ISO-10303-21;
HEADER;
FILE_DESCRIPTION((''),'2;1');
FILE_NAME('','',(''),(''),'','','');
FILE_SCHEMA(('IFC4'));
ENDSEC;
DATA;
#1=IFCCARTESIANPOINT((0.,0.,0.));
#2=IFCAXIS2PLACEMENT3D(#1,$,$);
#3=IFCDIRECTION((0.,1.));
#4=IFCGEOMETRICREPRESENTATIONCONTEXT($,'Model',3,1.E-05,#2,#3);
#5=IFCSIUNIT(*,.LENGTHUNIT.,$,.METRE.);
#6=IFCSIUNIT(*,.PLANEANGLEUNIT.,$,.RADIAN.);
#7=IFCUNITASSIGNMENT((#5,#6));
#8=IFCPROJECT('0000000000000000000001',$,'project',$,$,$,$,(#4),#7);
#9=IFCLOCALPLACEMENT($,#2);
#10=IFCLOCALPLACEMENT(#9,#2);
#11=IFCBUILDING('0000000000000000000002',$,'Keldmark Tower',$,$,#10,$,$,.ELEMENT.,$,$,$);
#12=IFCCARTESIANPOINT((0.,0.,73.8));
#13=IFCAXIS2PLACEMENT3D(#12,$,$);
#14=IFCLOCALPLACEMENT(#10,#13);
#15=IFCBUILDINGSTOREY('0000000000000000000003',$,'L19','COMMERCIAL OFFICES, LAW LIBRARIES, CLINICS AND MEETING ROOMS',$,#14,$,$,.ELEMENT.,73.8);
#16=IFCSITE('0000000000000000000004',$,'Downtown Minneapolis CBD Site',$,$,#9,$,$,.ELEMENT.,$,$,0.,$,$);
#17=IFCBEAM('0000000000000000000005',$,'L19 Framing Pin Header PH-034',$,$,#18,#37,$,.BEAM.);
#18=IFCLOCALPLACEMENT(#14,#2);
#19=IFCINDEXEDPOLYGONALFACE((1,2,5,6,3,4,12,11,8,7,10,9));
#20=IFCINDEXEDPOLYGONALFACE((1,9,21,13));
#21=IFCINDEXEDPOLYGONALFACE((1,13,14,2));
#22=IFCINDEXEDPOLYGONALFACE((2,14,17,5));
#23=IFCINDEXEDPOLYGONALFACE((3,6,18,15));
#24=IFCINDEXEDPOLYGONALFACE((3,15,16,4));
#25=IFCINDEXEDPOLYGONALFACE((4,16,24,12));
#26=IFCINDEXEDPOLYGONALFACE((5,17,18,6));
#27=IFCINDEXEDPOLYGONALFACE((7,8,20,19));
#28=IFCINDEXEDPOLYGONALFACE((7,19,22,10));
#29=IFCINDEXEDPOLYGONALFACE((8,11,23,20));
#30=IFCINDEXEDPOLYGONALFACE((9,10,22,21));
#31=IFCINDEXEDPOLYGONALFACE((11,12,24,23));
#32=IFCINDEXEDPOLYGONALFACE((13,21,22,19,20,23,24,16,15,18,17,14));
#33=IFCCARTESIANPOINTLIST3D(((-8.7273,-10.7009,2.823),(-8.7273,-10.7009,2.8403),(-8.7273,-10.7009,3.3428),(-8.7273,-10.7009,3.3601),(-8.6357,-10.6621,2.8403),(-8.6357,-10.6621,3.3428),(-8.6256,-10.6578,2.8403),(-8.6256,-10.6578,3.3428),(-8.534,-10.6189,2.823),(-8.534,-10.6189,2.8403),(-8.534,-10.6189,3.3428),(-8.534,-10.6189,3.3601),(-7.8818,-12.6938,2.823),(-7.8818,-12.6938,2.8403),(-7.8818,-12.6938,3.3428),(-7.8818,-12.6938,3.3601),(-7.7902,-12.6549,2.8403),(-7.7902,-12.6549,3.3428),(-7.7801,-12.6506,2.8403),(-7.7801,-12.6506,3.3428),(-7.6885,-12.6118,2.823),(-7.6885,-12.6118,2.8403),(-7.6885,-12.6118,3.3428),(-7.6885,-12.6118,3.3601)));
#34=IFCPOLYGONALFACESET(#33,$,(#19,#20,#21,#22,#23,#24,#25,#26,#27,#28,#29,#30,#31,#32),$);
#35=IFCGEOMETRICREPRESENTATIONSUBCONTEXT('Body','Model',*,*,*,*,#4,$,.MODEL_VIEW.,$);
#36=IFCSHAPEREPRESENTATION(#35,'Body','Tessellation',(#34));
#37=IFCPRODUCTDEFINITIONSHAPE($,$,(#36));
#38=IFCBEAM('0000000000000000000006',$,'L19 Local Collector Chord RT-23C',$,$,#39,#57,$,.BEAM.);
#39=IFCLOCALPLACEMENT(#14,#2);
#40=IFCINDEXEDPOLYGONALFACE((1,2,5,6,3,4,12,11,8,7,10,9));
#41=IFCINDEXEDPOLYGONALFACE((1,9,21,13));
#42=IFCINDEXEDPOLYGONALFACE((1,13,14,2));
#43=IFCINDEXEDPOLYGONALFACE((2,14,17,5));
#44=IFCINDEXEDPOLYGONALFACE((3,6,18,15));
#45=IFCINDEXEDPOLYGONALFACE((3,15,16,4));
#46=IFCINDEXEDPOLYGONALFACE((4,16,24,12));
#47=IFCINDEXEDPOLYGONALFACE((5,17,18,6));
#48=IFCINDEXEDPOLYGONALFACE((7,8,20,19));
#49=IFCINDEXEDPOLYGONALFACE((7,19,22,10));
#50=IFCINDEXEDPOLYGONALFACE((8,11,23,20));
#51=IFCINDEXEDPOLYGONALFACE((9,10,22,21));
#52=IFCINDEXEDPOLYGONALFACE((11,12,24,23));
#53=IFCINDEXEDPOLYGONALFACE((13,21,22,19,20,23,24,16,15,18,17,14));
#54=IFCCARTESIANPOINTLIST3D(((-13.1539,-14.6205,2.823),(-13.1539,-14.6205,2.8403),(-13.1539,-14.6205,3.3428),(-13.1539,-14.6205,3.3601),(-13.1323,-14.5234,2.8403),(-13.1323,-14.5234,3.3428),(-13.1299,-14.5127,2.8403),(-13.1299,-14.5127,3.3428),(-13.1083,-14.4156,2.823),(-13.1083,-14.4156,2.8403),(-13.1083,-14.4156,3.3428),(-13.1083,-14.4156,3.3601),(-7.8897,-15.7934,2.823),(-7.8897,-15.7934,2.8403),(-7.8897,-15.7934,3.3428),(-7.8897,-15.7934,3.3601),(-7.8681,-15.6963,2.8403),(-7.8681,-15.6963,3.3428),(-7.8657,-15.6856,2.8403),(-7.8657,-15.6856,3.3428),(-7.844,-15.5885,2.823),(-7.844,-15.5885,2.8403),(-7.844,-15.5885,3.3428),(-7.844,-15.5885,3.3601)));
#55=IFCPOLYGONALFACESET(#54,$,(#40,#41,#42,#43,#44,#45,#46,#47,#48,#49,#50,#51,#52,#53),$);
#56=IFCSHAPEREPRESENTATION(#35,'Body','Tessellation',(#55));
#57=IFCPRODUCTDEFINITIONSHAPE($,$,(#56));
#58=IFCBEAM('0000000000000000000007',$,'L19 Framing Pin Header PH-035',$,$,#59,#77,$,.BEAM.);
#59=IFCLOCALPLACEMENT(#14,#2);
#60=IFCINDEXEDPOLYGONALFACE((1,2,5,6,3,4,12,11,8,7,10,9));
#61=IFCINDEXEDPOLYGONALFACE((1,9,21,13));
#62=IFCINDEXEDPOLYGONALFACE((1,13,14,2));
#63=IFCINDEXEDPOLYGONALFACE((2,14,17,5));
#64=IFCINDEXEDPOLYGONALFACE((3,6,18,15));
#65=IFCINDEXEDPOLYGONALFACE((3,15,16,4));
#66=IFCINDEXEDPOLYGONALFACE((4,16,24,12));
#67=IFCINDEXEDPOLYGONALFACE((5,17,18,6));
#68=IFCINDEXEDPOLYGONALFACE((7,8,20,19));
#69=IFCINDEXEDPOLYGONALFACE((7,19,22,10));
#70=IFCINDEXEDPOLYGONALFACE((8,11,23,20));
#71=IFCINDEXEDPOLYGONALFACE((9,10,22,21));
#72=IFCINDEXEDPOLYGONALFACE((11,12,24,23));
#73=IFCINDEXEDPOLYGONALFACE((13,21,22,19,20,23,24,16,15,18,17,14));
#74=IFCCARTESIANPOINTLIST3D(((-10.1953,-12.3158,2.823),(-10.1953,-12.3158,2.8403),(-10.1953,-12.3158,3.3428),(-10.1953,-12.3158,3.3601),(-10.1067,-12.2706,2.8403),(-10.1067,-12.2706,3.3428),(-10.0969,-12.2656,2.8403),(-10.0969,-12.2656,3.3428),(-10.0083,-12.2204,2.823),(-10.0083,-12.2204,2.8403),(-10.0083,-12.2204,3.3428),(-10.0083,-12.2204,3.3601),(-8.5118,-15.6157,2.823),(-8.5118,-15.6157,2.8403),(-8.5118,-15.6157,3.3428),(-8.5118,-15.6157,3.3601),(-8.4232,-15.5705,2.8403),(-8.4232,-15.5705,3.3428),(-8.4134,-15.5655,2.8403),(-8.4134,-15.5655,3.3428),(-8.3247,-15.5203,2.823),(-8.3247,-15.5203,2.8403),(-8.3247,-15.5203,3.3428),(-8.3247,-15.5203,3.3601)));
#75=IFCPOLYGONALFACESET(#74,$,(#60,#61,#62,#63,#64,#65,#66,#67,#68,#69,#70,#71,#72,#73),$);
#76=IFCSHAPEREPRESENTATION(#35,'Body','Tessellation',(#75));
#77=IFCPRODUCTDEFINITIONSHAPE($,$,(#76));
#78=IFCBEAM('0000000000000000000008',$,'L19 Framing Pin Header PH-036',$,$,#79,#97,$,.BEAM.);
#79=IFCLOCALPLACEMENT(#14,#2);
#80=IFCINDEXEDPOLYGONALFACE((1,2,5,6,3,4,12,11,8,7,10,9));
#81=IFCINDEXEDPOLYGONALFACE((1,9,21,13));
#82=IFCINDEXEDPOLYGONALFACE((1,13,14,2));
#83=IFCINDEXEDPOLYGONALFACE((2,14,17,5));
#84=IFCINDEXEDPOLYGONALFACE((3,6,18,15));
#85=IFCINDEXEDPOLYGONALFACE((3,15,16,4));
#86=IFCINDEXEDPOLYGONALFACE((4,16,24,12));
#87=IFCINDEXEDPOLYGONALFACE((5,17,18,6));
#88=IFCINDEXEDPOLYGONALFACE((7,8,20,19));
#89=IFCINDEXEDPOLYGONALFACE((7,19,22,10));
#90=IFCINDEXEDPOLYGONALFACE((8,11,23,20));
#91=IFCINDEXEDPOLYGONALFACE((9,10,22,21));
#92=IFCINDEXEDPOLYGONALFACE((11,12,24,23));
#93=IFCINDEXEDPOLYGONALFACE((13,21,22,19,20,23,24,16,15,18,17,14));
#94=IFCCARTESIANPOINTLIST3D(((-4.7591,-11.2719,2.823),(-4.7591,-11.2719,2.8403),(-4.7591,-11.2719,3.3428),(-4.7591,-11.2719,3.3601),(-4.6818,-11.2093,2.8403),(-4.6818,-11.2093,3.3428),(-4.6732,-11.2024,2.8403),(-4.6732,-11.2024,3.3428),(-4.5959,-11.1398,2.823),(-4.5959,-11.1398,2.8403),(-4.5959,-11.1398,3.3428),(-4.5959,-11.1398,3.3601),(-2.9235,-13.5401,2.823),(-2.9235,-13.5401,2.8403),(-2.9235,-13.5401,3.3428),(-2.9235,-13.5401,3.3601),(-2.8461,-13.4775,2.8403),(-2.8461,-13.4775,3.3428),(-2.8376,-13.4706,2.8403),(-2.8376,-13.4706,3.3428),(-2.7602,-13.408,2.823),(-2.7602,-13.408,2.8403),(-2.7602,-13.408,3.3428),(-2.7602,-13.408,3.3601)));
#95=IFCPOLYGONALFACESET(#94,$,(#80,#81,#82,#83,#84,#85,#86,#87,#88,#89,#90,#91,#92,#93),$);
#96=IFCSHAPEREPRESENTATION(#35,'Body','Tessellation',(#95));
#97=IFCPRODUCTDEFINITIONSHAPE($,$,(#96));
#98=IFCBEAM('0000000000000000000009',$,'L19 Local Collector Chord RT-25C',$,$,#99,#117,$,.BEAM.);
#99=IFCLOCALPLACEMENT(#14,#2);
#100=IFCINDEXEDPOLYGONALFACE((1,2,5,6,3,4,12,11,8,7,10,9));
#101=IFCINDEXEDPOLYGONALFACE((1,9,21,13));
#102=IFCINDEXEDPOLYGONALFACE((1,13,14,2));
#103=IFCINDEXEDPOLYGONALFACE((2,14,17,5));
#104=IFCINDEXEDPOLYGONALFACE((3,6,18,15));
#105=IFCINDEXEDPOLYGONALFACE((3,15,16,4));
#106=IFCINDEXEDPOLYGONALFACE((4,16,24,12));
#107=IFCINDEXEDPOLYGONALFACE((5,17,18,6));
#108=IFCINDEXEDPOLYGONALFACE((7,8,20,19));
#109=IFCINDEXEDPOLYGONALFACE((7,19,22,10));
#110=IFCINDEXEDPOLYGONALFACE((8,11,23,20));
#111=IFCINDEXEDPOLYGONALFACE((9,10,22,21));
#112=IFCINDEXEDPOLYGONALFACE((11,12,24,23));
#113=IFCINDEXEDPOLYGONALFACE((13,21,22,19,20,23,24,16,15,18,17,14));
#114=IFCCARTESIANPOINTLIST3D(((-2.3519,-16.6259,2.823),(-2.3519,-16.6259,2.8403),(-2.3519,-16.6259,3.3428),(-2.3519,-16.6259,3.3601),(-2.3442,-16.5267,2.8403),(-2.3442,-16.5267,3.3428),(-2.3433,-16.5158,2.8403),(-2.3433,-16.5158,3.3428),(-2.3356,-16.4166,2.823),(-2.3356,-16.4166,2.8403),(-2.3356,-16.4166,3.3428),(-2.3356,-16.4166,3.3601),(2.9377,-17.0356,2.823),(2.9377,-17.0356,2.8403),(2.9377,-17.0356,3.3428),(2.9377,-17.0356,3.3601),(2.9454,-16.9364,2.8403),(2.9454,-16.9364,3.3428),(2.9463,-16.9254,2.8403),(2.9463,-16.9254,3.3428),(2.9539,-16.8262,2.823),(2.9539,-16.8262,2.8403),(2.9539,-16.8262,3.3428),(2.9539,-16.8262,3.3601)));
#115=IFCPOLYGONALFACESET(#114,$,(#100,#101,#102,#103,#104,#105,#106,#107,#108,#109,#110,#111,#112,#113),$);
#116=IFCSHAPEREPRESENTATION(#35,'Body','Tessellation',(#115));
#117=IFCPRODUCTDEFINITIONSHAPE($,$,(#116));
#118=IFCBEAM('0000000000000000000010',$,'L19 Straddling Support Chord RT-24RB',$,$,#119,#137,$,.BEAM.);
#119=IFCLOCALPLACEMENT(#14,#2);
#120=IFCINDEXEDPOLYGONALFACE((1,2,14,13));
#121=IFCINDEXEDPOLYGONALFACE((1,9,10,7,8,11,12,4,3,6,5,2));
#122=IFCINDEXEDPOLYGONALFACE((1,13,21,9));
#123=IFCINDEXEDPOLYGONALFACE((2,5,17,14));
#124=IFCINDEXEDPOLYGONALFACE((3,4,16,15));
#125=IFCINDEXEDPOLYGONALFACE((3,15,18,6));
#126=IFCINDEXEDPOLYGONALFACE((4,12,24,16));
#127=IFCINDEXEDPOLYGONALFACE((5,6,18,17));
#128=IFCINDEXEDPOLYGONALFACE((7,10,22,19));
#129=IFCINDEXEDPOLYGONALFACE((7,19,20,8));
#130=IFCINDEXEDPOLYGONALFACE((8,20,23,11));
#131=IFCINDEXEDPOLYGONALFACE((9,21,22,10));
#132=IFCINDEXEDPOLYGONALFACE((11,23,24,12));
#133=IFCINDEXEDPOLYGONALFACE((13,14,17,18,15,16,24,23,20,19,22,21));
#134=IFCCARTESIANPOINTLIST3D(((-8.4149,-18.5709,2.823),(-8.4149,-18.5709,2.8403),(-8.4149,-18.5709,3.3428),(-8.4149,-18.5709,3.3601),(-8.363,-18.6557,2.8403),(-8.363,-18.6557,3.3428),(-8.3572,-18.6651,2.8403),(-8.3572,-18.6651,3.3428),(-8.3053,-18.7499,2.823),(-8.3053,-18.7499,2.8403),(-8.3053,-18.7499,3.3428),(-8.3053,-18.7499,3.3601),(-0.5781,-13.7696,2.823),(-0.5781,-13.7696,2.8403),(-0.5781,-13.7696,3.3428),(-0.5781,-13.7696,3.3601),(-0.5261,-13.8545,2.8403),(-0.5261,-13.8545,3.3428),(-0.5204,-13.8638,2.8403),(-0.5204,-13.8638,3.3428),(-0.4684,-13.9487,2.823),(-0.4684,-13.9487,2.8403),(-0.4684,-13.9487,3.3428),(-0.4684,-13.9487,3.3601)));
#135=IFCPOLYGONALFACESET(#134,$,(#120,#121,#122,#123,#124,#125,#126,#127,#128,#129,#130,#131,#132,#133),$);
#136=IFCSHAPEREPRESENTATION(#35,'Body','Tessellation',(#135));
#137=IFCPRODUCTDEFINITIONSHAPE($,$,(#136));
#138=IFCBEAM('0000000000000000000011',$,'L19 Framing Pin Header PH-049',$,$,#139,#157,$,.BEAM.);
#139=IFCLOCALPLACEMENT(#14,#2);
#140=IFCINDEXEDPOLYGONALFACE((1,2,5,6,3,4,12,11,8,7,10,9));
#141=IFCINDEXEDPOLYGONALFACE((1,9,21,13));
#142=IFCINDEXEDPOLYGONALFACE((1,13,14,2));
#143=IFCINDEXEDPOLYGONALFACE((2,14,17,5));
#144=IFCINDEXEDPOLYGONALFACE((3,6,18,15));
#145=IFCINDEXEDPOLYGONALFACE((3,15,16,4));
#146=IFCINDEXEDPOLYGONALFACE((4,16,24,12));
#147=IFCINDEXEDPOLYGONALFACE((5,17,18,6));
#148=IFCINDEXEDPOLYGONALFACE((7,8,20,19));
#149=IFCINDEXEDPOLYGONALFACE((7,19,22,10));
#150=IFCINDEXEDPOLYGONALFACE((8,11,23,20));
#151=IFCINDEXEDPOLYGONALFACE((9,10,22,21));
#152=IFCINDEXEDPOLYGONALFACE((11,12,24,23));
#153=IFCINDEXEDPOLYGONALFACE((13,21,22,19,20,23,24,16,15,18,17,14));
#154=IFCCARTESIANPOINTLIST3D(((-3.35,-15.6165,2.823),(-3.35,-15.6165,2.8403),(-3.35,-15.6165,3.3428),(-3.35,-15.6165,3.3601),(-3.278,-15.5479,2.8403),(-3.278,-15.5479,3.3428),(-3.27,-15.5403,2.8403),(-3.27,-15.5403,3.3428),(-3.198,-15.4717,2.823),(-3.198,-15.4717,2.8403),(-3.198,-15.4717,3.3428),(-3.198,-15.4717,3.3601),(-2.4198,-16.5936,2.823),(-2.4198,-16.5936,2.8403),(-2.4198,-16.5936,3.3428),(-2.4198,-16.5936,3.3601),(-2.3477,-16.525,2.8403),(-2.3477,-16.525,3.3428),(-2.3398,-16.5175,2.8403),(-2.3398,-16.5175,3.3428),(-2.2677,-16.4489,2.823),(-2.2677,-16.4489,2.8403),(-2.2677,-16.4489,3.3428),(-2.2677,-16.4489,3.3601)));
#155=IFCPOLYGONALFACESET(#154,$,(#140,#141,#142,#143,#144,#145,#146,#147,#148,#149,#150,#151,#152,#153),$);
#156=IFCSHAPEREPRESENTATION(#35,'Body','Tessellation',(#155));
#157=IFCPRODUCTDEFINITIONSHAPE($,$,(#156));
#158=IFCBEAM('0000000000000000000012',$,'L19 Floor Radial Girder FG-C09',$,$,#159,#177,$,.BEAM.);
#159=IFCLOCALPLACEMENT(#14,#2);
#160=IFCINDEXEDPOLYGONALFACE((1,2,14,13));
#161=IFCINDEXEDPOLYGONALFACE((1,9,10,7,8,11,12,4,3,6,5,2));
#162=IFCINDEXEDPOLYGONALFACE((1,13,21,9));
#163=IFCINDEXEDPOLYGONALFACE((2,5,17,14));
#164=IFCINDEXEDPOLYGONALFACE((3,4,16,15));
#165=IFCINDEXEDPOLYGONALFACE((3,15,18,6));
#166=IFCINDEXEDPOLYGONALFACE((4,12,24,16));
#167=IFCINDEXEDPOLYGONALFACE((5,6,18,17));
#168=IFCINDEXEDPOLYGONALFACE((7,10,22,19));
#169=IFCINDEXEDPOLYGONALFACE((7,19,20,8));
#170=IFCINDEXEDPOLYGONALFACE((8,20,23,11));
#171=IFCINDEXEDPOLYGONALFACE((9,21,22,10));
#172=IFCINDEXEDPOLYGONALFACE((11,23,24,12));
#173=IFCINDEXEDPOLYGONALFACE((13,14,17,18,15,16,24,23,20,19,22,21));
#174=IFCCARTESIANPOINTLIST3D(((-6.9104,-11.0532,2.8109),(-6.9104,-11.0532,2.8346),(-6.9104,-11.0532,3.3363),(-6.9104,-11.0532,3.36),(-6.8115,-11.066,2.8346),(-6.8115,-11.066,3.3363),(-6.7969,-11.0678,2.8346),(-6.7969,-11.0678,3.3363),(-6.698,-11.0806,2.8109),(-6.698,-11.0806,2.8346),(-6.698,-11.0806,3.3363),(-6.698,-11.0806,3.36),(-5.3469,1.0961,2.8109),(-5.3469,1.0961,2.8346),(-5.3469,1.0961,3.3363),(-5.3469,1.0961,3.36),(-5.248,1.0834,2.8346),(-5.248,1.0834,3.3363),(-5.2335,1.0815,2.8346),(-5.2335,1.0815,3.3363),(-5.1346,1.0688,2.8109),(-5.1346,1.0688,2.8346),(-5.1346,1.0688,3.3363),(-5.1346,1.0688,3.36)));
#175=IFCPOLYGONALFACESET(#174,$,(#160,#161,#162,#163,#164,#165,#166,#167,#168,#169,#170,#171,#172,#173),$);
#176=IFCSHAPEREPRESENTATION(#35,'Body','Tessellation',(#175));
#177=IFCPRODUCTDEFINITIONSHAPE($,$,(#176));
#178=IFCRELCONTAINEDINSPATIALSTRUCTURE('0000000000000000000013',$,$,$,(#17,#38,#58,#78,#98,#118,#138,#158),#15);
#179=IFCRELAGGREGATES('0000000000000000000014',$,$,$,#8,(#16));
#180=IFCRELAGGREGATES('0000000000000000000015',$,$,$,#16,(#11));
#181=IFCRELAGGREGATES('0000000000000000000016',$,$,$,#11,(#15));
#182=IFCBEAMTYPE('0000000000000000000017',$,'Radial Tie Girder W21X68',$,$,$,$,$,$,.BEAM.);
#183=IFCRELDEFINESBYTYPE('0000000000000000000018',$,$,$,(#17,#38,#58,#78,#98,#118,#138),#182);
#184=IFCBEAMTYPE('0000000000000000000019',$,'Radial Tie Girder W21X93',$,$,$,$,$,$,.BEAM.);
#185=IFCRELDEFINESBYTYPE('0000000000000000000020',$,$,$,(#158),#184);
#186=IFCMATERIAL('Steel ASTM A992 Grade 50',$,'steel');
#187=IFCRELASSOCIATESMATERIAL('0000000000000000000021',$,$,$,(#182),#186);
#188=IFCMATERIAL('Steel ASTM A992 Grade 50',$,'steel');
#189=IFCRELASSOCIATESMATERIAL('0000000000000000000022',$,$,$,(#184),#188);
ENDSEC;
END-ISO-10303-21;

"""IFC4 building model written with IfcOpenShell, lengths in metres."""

from ifc_helpers import new_model, si_unit, direction, frame, origin, origin_2d, place, context, subcontext, project, spatial, i_section, extrude, material, material_profile, profile_set, type_object, element, save


model = new_model("IFC4")

# Units and contexts
model_context = context("Model", 3, precision=1e-05, world=origin(), true_north=direction((0.0, 1.0)))
body_context = subcontext(model_context, "Body", "Model", "MODEL_VIEW")
ifc_project = project(units=[si_unit("LENGTHUNIT", "METRE"), si_unit("PLANEANGLEUNIT", "RADIAN")], contexts=[model_context])

# Site, building, storey
site_placement = place(None, origin())
site = spatial("IfcSite", under=ifc_project, at=site_placement, Name="Downtown Minneapolis CBD Site", CompositionType="ELEMENT", RefElevation=0.0)
building_placement = place(site_placement, origin())
building = spatial("IfcBuilding", under=site, at=building_placement, Name="Keldmark Tower", CompositionType="ELEMENT")
storey_placement = place(building_placement, frame((0.0, 0.0, 73.8)))
storey = spatial("IfcBuildingStorey", under=building, at=storey_placement, Name="L19", Description="COMMERCIAL OFFICES, LAW LIBRARIES, CLINICS AND MEETING ROOMS", CompositionType="ELEMENT", Elevation=73.8)

# Beams
ifc_material_1 = material(Name="Steel ASTM A992 Grade 50", Category="steel")
ifc_material_profile_1 = material_profile(ifc_material_1, i_section(OverallWidth=0.21, OverallDepth=0.5371, WebThickness=0.011, FlangeThickness=0.0173, at=origin_2d()), Name="W21X68")
ifc_profile_set_1 = profile_set([ifc_material_profile_1], Name="Steel ASTM A992 Grade 50")
beam_type_1 = type_object("IfcBeamType", Name="Radial Tie Girder W21X68", PredefinedType="BEAM", material=ifc_profile_set_1)
beam_1_placement = place(storey_placement, frame((-8.6306, -10.6599, 3.0916), z_axis=(0.390541, -0.920585, 0.0), x_axis=(0.920585, 0.390541, 0.0)))
element("IfcBeam", 1, at=beam_1_placement, inside=storey, type_object=beam_type_1, Name="L19 Framing Pin Header PH-034", PredefinedType="BEAM", context=body_context, shape_type="SweptSolid", body=[
    extrude(i_section(OverallWidth=0.21, OverallDepth=0.5371, WebThickness=0.011, FlangeThickness=0.0173, at=origin_2d()), origin(), (0.0, 0.0, 1.0), 2.1648),
])
beam_2_placement = place(storey_placement, frame((-13.1311, -14.5181, 3.0916), z_axis=(0.976068, -0.217467, 0.0), x_axis=(0.217467, 0.976068, 0.0)))
element("IfcBeam", 2, at=beam_2_placement, inside=storey, type_object=beam_type_1, Name="L19 Local Collector Chord RT-23C", PredefinedType="BEAM", context=body_context, shape_type="SweptSolid", body=[
    extrude(i_section(OverallWidth=0.21, OverallDepth=0.5371, WebThickness=0.011, FlangeThickness=0.0173, at=origin_2d()), origin(), (0.0, 0.0, 1.0), 5.3933),
])
beam_3_placement = place(storey_placement, frame((-10.1018, -12.2681, 3.0916), z_axis=(0.454448, -0.890773, 0.0), x_axis=(0.890773, 0.454448, 0.0)))
element("IfcBeam", 3, at=beam_3_placement, inside=storey, type_object=beam_type_1, Name="L19 Framing Pin Header PH-035", PredefinedType="BEAM", context=body_context, shape_type="SweptSolid", body=[
    extrude(i_section(OverallWidth=0.21, OverallDepth=0.5371, WebThickness=0.011, FlangeThickness=0.0173, at=origin_2d()), origin(), (0.0, 0.0, 1.0), 3.7046),
])
beam_4_placement = place(storey_placement, frame((-4.6775, -11.2058, 3.0916), z_axis=(0.629083, -0.777338, 0.0), x_axis=(0.777338, 0.629083, 0.0)))
element("IfcBeam", 4, at=beam_4_placement, inside=storey, type_object=beam_type_1, Name="L19 Framing Pin Header PH-036", PredefinedType="BEAM", context=body_context, shape_type="SweptSolid", body=[
    extrude(i_section(OverallWidth=0.21, OverallDepth=0.5371, WebThickness=0.011, FlangeThickness=0.0173, at=origin_2d()), origin(), (0.0, 0.0, 1.0), 2.918),
])
beam_5_placement = place(storey_placement, frame((-2.3438, -16.5212, 3.0916), z_axis=(0.997014, -0.077217, 0.0), x_axis=(0.077217, 0.997014, 0.0)))
element("IfcBeam", 5, at=beam_5_placement, inside=storey, type_object=beam_type_1, Name="L19 Local Collector Chord RT-25C", PredefinedType="BEAM", context=body_context, shape_type="SweptSolid", body=[
    extrude(i_section(OverallWidth=0.21, OverallDepth=0.5371, WebThickness=0.011, FlangeThickness=0.0173, at=origin_2d()), origin(), (0.0, 0.0, 1.0), 5.3054),
])
beam_6_placement = place(storey_placement, frame((-8.3601, -18.6604, 3.0916), z_axis=(0.852698, 0.522404, 0.0), x_axis=(-0.522404, 0.852698, 0.0)))
element("IfcBeam", 6, at=beam_6_placement, inside=storey, type_object=beam_type_1, Name="L19 Straddling Support Chord RT-24RB", PredefinedType="BEAM", context=body_context, shape_type="SweptSolid", body=[
    extrude(i_section(OverallWidth=0.21, OverallDepth=0.5371, WebThickness=0.011, FlangeThickness=0.0173, at=origin_2d()), origin(), (0.0, 0.0, 1.0), 9.1907),
])
beam_7_placement = place(storey_placement, frame((-2.3438, -16.5212, 3.0916), z_axis=(-0.68952, 0.724267, 0.0), x_axis=(-0.724267, -0.68952, 0.0)))
element("IfcBeam", 7, at=beam_7_placement, inside=storey, type_object=beam_type_1, Name="L19 Framing Pin Header PH-049", PredefinedType="BEAM", context=body_context, shape_type="SweptSolid", body=[
    extrude(i_section(OverallWidth=0.21, OverallDepth=0.5371, WebThickness=0.011, FlangeThickness=0.0173, at=origin_2d()), origin(), (0.0, 0.0, 1.0), 1.3491),
])
ifc_material_2 = material(Name="Steel ASTM A992 Grade 50", Category="steel")
ifc_material_profile_2 = material_profile(ifc_material_2, i_section(OverallWidth=0.2141, OverallDepth=0.5491, WebThickness=0.0146, FlangeThickness=0.0237, at=origin_2d()), Name="W21X93")
ifc_profile_set_2 = profile_set([ifc_material_profile_2], Name="Steel ASTM A992 Grade 50")
beam_type_2 = type_object("IfcBeamType", Name="Radial Tie Girder W21X93", PredefinedType="BEAM", material=ifc_profile_set_2)
beam_8_placement = place(storey_placement, frame((-6.8042, -11.0669, 3.0854), z_axis=(0.127635, 0.991821, 0.0), x_axis=(-0.991821, 0.127635, 0.0)))
element("IfcBeam", 8, at=beam_8_placement, inside=storey, type_object=beam_type_2, Name="L19 Floor Radial Girder FG-C09", PredefinedType="BEAM", context=body_context, shape_type="SweptSolid", body=[
    extrude(i_section(OverallWidth=0.2141, OverallDepth=0.5491, WebThickness=0.0146, FlangeThickness=0.0237, at=origin_2d()), origin(), (0.0, 0.0, 1.0), 12.2495),
])

save(model, "model.ifc")
